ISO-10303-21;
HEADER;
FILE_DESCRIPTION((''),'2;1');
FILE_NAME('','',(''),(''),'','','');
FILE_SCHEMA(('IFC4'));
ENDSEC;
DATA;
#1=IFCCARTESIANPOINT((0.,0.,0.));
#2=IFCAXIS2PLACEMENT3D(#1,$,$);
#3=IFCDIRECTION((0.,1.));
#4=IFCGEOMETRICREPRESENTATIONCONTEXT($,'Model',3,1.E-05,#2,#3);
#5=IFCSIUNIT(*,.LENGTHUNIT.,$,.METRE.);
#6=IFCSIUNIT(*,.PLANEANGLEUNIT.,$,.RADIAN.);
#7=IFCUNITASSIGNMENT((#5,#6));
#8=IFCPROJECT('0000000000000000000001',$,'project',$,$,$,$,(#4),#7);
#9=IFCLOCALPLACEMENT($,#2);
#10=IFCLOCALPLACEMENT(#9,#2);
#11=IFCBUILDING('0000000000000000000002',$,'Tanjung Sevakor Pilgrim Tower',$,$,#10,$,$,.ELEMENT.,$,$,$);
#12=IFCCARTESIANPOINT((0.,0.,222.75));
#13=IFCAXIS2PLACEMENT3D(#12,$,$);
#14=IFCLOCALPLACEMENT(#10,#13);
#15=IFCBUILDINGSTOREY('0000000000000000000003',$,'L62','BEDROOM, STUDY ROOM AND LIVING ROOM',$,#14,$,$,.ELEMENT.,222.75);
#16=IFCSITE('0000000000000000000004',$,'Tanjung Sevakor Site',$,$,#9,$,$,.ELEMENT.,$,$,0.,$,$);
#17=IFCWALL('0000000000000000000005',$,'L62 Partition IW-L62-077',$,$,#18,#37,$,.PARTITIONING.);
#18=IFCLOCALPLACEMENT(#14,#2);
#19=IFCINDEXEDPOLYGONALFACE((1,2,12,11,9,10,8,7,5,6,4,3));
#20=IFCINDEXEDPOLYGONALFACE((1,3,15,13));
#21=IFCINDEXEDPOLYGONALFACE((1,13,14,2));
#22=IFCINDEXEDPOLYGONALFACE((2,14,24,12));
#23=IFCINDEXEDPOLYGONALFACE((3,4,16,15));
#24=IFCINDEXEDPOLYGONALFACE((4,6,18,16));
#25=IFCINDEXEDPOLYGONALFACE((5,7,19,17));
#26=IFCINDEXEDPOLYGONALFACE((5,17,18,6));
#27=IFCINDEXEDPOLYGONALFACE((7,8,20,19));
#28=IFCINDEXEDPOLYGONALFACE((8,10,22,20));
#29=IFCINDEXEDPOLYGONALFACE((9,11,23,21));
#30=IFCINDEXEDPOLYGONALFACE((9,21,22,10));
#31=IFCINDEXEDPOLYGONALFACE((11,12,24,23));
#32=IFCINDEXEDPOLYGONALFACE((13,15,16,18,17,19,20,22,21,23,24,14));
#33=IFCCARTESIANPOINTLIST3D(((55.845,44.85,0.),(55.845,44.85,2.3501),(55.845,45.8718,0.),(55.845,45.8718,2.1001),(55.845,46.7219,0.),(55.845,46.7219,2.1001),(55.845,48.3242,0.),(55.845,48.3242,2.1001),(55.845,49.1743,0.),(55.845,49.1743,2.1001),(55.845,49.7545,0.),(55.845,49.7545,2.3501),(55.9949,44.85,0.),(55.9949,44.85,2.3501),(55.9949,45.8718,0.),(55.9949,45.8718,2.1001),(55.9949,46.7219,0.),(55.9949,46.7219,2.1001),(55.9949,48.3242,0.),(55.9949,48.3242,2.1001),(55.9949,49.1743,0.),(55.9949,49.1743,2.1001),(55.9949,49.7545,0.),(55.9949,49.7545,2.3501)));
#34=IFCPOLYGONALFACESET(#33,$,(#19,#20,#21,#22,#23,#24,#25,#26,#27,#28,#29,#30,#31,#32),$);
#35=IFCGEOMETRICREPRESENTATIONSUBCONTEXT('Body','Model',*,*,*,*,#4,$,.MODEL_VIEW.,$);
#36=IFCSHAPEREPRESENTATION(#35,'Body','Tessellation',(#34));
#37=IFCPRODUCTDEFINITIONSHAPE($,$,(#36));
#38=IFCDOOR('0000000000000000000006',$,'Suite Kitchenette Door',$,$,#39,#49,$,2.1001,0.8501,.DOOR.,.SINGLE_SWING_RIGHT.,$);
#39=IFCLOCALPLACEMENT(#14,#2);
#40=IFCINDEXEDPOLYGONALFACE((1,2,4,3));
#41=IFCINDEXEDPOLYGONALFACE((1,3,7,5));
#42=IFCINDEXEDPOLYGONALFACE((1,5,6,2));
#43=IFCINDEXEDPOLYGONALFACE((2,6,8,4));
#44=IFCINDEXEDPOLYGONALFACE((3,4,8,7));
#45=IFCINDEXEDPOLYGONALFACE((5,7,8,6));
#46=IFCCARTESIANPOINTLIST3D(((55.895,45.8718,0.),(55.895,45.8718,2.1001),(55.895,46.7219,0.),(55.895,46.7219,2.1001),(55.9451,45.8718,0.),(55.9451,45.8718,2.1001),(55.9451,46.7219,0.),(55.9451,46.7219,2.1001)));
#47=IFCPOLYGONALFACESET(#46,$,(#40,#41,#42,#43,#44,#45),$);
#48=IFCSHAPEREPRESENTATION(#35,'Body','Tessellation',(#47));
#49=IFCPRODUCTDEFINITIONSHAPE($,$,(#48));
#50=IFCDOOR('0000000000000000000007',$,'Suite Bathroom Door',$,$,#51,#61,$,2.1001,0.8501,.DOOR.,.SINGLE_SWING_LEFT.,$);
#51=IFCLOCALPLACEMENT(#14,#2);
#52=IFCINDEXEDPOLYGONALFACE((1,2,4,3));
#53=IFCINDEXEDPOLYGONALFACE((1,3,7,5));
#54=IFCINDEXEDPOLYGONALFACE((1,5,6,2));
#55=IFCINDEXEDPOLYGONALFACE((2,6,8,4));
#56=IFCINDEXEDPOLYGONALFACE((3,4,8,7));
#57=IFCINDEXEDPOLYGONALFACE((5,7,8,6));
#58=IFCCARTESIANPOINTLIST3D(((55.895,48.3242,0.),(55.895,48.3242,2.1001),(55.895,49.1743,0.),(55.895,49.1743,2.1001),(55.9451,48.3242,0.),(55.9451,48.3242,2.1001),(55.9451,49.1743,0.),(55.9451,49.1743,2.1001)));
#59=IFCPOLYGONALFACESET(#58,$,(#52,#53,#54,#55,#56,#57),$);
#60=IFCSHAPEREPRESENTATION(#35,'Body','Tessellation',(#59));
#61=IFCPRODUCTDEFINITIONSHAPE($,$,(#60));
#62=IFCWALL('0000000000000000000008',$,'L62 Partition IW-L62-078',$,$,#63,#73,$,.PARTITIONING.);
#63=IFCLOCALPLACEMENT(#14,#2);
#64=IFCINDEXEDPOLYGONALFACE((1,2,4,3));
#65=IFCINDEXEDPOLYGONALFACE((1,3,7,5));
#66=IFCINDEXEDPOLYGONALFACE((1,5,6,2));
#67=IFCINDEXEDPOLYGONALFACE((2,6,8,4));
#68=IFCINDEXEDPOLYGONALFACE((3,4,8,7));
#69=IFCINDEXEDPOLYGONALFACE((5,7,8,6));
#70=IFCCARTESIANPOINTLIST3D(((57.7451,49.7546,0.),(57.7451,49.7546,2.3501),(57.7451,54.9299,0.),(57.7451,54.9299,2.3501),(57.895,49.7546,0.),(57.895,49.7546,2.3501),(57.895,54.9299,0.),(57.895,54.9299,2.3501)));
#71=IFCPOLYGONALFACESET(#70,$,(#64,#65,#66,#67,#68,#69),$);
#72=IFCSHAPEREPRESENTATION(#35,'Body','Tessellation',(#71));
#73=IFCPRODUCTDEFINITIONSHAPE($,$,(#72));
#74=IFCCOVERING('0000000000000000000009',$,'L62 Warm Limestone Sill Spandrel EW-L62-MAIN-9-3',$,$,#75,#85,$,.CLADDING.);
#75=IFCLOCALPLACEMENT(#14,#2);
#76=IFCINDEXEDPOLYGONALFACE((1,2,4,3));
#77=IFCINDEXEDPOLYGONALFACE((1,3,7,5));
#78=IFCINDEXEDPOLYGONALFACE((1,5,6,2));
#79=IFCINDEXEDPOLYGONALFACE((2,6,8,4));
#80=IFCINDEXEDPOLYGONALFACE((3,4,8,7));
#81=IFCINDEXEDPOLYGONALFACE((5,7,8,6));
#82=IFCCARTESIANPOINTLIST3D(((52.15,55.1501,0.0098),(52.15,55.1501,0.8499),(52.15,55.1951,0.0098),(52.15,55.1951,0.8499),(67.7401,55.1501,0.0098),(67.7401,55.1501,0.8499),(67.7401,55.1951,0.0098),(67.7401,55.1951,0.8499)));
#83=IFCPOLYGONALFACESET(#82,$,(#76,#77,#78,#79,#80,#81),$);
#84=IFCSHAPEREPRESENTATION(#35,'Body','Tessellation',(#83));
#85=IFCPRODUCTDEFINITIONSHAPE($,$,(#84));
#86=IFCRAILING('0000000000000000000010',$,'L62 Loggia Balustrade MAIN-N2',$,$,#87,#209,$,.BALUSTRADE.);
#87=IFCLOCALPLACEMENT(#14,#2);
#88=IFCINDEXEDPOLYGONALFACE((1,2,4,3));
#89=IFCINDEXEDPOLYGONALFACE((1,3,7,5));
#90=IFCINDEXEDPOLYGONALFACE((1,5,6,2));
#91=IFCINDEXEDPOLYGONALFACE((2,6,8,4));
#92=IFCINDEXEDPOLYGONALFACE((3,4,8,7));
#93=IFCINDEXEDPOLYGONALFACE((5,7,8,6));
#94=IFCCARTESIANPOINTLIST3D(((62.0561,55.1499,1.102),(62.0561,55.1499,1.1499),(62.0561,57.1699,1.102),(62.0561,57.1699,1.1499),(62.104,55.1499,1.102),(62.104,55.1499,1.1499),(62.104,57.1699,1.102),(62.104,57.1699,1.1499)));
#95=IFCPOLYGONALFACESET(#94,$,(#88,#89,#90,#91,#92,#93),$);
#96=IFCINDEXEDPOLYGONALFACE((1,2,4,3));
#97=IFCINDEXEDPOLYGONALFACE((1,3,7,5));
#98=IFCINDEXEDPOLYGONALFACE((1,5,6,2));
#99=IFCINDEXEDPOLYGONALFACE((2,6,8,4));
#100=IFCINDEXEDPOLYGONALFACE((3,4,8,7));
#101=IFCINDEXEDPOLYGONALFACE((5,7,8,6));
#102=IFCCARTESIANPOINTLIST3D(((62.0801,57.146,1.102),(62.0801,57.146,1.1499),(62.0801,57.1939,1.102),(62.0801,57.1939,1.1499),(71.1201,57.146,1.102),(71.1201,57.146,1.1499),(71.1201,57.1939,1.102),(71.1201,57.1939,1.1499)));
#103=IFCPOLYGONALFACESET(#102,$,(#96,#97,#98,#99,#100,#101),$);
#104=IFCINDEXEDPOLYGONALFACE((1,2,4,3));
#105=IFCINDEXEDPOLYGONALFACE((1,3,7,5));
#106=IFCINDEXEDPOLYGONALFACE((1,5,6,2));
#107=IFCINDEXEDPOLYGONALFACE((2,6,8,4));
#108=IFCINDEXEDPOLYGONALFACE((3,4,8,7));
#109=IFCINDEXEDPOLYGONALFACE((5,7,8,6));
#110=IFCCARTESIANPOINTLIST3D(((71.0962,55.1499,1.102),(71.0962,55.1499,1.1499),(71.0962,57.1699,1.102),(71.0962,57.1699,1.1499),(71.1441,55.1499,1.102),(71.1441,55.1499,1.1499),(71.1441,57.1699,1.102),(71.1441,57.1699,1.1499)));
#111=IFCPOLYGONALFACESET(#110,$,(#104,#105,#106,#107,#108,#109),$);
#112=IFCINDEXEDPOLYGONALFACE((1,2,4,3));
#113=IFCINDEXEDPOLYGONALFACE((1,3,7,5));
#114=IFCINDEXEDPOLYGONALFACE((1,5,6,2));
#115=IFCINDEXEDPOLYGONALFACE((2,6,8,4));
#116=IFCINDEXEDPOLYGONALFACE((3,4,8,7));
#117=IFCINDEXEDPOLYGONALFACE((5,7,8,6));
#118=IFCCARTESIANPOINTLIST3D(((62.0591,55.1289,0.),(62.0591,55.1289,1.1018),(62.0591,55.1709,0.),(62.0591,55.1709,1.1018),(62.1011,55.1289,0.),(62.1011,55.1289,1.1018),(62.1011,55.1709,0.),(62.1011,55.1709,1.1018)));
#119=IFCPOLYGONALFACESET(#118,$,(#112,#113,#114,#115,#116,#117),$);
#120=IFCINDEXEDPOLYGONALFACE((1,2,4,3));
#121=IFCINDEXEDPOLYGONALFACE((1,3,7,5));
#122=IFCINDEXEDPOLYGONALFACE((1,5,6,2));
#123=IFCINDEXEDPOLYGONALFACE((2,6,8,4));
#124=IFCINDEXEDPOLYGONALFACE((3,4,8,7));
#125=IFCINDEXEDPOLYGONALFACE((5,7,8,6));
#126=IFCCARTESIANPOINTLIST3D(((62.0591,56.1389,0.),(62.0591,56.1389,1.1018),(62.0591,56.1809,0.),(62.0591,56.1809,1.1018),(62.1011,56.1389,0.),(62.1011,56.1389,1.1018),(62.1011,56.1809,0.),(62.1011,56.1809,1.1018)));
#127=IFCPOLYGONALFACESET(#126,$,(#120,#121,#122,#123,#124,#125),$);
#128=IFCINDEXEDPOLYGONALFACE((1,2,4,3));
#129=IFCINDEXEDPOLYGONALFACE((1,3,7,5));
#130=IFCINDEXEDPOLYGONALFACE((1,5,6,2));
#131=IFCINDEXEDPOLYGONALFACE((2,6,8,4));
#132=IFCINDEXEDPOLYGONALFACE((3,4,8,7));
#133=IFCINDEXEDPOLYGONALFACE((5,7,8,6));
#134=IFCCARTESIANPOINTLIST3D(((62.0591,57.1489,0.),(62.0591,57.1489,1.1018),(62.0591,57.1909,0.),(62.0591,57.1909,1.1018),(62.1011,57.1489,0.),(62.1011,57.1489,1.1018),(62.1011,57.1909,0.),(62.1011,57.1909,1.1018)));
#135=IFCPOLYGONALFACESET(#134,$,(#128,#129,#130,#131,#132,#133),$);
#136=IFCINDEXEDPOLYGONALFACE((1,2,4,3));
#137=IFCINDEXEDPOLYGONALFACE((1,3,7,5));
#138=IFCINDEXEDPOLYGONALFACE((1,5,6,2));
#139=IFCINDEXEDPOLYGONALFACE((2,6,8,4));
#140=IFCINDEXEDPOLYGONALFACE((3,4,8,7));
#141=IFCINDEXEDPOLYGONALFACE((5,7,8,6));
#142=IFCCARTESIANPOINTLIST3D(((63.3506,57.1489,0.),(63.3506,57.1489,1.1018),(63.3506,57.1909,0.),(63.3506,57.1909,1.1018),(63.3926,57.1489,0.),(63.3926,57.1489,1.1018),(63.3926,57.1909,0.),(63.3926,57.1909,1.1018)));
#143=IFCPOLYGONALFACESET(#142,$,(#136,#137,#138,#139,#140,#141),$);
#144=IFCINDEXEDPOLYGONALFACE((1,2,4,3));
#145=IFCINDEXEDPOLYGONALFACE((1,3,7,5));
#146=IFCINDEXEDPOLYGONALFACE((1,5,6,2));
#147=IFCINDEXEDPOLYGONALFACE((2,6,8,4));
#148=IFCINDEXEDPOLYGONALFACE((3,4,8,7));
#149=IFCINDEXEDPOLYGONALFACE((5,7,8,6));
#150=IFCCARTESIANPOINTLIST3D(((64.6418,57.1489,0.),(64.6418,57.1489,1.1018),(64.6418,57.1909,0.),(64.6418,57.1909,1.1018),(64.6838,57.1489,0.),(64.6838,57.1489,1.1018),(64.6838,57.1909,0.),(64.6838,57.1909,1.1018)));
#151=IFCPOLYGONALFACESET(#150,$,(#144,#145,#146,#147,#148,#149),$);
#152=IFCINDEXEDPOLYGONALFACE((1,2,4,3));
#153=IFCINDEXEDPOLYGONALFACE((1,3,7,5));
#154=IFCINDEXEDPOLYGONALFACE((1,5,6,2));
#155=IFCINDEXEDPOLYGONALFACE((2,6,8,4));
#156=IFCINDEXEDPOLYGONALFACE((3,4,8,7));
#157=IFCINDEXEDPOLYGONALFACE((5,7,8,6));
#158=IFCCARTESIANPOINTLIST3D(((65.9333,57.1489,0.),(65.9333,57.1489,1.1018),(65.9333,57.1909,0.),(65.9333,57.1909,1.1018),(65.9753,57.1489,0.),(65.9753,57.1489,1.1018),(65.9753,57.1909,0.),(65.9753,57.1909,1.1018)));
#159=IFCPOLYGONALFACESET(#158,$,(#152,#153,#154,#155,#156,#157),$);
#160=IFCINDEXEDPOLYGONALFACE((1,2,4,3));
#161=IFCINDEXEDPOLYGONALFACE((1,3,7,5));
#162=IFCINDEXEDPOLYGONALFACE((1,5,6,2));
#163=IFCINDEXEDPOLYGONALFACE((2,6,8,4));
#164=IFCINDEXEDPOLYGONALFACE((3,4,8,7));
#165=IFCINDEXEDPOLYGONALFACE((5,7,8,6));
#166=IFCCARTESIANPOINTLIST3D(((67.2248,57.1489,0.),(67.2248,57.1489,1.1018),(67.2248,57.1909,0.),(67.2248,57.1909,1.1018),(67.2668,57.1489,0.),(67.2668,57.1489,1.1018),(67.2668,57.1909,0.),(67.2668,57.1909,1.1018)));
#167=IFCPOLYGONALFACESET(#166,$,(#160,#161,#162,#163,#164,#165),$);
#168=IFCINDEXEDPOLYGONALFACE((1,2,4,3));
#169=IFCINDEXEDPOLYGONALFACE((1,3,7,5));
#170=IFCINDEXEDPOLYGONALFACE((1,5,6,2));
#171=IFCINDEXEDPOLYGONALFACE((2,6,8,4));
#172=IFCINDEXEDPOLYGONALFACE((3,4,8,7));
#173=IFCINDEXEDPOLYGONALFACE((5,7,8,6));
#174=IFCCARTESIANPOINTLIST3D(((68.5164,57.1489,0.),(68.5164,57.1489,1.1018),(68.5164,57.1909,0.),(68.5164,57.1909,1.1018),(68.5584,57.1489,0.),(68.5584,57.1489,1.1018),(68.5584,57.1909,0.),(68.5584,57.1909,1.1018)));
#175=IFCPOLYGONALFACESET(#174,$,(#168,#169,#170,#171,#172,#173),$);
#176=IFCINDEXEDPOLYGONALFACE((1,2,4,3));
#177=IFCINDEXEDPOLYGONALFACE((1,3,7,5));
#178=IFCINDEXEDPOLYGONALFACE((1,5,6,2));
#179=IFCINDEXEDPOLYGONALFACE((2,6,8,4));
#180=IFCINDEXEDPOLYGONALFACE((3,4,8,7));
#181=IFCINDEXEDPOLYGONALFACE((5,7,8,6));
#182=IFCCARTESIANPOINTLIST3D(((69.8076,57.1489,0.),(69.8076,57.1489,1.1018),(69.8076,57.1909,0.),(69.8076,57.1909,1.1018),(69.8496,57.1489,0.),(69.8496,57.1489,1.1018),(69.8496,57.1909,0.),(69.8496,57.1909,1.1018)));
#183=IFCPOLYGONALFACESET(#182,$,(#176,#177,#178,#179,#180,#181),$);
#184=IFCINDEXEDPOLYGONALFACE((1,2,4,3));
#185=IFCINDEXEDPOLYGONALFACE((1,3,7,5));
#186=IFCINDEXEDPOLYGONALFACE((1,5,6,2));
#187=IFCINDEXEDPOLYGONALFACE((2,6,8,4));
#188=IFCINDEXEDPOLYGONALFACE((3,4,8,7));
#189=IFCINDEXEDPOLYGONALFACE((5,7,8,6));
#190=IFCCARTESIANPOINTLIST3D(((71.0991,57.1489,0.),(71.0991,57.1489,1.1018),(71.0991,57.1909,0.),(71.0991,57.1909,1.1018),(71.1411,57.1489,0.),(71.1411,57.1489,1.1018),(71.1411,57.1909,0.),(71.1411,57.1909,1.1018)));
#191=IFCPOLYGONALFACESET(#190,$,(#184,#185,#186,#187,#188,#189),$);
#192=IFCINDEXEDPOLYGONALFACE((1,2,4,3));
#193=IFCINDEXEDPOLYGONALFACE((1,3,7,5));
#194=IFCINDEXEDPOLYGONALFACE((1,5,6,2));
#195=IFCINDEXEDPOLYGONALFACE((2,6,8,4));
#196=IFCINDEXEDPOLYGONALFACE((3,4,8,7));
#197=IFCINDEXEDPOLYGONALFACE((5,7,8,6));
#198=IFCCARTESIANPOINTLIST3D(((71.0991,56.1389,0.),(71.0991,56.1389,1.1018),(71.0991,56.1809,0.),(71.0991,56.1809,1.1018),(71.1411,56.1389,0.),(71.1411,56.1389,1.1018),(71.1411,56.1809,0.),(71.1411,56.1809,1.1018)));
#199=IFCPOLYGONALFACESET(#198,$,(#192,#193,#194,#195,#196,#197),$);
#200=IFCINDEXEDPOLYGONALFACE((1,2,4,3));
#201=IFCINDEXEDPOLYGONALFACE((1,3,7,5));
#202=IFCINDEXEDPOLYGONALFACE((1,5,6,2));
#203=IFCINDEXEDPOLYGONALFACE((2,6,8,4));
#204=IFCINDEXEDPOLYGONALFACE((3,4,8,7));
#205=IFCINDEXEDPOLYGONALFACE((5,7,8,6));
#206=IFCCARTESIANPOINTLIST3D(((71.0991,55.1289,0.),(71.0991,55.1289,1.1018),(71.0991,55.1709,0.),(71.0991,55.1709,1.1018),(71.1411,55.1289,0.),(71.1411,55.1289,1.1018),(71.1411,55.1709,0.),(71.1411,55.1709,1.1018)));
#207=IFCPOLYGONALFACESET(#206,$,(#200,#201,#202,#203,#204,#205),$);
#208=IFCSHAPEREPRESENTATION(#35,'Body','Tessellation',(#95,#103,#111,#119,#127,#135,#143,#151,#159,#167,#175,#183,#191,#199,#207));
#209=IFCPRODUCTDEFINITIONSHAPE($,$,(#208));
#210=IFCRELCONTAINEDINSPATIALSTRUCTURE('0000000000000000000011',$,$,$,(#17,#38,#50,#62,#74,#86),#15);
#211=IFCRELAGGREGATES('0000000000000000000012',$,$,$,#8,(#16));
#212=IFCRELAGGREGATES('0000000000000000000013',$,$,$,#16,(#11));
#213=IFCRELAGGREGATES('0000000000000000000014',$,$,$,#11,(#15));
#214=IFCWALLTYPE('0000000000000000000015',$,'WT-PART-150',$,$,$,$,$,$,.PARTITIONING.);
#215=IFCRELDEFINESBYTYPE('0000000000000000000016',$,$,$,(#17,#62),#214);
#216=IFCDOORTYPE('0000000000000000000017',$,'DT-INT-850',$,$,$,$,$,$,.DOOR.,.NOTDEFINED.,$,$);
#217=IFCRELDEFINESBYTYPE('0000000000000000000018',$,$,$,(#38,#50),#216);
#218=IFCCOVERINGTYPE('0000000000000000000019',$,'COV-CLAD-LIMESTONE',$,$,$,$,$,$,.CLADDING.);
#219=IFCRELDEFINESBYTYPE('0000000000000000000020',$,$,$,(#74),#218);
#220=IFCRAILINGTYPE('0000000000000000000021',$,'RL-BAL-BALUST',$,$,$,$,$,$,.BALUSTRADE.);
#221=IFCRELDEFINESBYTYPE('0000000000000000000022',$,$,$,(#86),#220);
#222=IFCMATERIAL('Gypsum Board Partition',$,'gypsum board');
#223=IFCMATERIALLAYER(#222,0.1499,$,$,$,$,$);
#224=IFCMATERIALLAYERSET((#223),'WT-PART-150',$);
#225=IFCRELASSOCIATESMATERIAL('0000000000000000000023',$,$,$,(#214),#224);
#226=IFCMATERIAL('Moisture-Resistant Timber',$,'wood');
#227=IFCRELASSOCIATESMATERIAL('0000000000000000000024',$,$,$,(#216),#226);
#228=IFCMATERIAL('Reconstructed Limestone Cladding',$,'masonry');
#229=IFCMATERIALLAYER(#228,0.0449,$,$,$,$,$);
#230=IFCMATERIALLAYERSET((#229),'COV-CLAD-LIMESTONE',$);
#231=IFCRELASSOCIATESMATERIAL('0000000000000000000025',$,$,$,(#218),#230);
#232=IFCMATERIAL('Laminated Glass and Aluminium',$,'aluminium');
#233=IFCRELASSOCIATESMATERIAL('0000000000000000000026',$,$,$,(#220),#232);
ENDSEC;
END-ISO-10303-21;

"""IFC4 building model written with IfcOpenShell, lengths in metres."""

from ifc_helpers import new_model, si_unit, direction, frame, frame_2d, origin, origin_2d, place, context, subcontext, project, spatial, rectangle, extrude, material, layer, layer_set, type_object, element, fill, save


model = new_model("IFC4")

# Units and contexts
model_context = context("Model", 3, precision=1e-05, world=origin(), true_north=direction((0.0, 1.0)))
body_context = subcontext(model_context, "Body", "Model", "MODEL_VIEW")
ifc_project = project(units=[si_unit("LENGTHUNIT", "METRE"), si_unit("PLANEANGLEUNIT", "RADIAN")], contexts=[model_context])

# Site, building, storey
site_placement = place(None, origin())
site = spatial("IfcSite", under=ifc_project, at=site_placement, Name="Tanjung Sevakor Site", CompositionType="ELEMENT", RefElevation=0.0)
building_placement = place(site_placement, origin())
building = spatial("IfcBuilding", under=site, at=building_placement, Name="Tanjung Sevakor Pilgrim Tower", CompositionType="ELEMENT")
storey_placement = place(building_placement, frame((0.0, 0.0, 222.75)))
storey = spatial("IfcBuildingStorey", under=building, at=storey_placement, Name="L62", Description="BEDROOM, STUDY ROOM AND LIVING ROOM", CompositionType="ELEMENT", Elevation=222.75)

# Wall, openings, doors
ifc_material_1 = material(Name="Gypsum Board Partition", Category="gypsum board")
ifc_layer_1 = layer(ifc_material_1, 0.1499)
ifc_layer_set_1 = layer_set([ifc_layer_1], Name="WT-PART-150")
wall_type_1 = type_object("IfcWallType", Name="WT-PART-150", PredefinedType="PARTITIONING", material=ifc_layer_set_1)
wall_1_placement = place(storey_placement, frame((55.9199, 44.8501, 0.0), z_axis=(0.0, 0.0, 1.0), x_axis=(0.0, 1.0, 0.0)))
wall_1 = element("IfcWall", 1, at=wall_1_placement, inside=storey, type_object=wall_type_1, Name="L62 Partition IW-L62-077", PredefinedType="PARTITIONING", context=body_context, shape_type="SweptSolid", body=[
    extrude(rectangle(XDim=4.9045, YDim=0.1499, at=frame_2d((2.4521, 0.0))), origin(), (0.0, 0.0, 1.0), 2.3501),
])
opening_1_placement = place(wall_1_placement, frame((1.0217, 0.0, 0.0)))
opening_1 = element("IfcOpeningElement", 2, at=opening_1_placement, cuts=wall_1, PredefinedType="OPENING", context=body_context, shape_type="SweptSolid", body=[
    extrude(rectangle(XDim=0.8501, YDim=2.1001, at=frame_2d((0.425, 1.05))), frame((0.0, 0.085, 0.0), z_axis=(0.0, -1.0, 0.0), x_axis=(1.0, 0.0, 0.0)), (0.0, 0.0, 1.0), 0.1699),
])
opening_2_placement = place(wall_1_placement, frame((3.4741, 0.0, 0.0)))
opening_2 = element("IfcOpeningElement", 3, at=opening_2_placement, cuts=wall_1, PredefinedType="OPENING", context=body_context, shape_type="SweptSolid", body=[
    extrude(rectangle(XDim=0.8501, YDim=2.1001, at=frame_2d((0.425, 1.05))), frame((0.0, 0.085, 0.0), z_axis=(0.0, -1.0, 0.0), x_axis=(1.0, 0.0, 0.0)), (0.0, 0.0, 1.0), 0.1699),
])
ifc_material_2 = material(Name="Moisture-Resistant Timber", Category="wood")
door_type_1 = type_object("IfcDoorType", Name="DT-INT-850", OperationType="NOTDEFINED", PredefinedType="DOOR", material=ifc_material_2)
door_1_placement = place(opening_1_placement, origin())
door_1 = element("IfcDoor", 4, at=door_1_placement, inside=storey, type_object=door_type_1, Name="Suite Kitchenette Door", OperationType="SINGLE_SWING_RIGHT", OverallHeight=2.1001, OverallWidth=0.8501, PredefinedType="DOOR", context=body_context, shape_type="SweptSolid", body=[
    extrude(rectangle(XDim=0.8501, YDim=2.1001, at=frame_2d((0.425, 1.05))), frame((0.0, 0.0249, 0.0), z_axis=(0.0, -1.0, 0.0), x_axis=(1.0, 0.0, 0.0)), (0.0, 0.0, 1.0), 0.05),
])
fill(opening_1, door_1)
door_2_placement = place(opening_2_placement, origin())
door_2 = element("IfcDoor", 5, at=door_2_placement, inside=storey, type_object=door_type_1, Name="Suite Bathroom Door", OperationType="SINGLE_SWING_LEFT", OverallHeight=2.1001, OverallWidth=0.8501, PredefinedType="DOOR", context=body_context, shape_type="SweptSolid", body=[
    extrude(rectangle(XDim=0.8501, YDim=2.1001, at=frame_2d((0.425, 1.05))), frame((0.0, 0.0249, 0.0), z_axis=(0.0, -1.0, 0.0), x_axis=(1.0, 0.0, 0.0)), (0.0, 0.0, 1.0), 0.05),
])
fill(opening_2, door_2)

# Wall
wall_2_placement = place(storey_placement, frame((57.8201, 49.7546, 0.0), z_axis=(0.0, 0.0, 1.0), x_axis=(0.0, 1.0, 0.0)))
element("IfcWall", 6, at=wall_2_placement, inside=storey, type_object=wall_type_1, Name="L62 Partition IW-L62-078", PredefinedType="PARTITIONING", context=body_context, shape_type="SweptSolid", body=[
    extrude(rectangle(XDim=5.1753, YDim=0.1499, at=frame_2d((2.5876, 0.0))), origin(), (0.0, 0.0, 1.0), 2.3501),
])

# Covering
ifc_material_3 = material(Name="Reconstructed Limestone Cladding", Category="masonry")
ifc_layer_2 = layer(ifc_material_3, 0.0449)
ifc_layer_set_2 = layer_set([ifc_layer_2], Name="COV-CLAD-LIMESTONE")
covering_type = type_object("IfcCoveringType", Name="COV-CLAD-LIMESTONE", PredefinedType="CLADDING", material=ifc_layer_set_2)
covering_placement = place(storey_placement, frame((59.9451, 55.1726, 0.0098), z_axis=(0.0, 0.0, 1.0), x_axis=(-1.0, 0.0, 0.0)))
element("IfcCovering", 7, at=covering_placement, inside=storey, type_object=covering_type, Name="L62 Warm Limestone Sill Spandrel EW-L62-MAIN-9-3", PredefinedType="CLADDING", context=body_context, shape_type="SweptSolid", body=[
    extrude(rectangle(XDim=15.5901, YDim=0.0449, at=origin_2d()), origin(), (0.0, 0.0, 1.0), 0.8401),
])

# Railing
ifc_material_4 = material(Name="Laminated Glass and Aluminium", Category="aluminium")
railing_type = type_object("IfcRailingType", Name="RL-BAL-BALUST", PredefinedType="BALUSTRADE", material=ifc_material_4)
railing_placement = place(storey_placement, frame((62.0801, 55.1499, 0.0)))
element("IfcRailing", 8, at=railing_placement, inside=storey, type_object=railing_type, Name="L62 Loggia Balustrade MAIN-N2", PredefinedType="BALUSTRADE", context=body_context, shape_type="SweptSolid", body=[
    extrude(rectangle(XDim=0.0479, YDim=0.0479), frame((0.0, 0.0, 1.126), z_axis=(0.0, 1.0, 0.0), x_axis=(-1.0, 0.0, 0.0)), (0.0, 0.0, 1.0), 2.02),
    extrude(rectangle(XDim=0.0479, YDim=0.0479), frame((0.0, 2.02, 1.126), z_axis=(1.0, 0.0, 0.0), x_axis=(0.0, 1.0, 0.0)), (0.0, 0.0, 1.0), 9.04),
    extrude(rectangle(XDim=0.0479, YDim=0.0479), frame((9.04, 2.02, 1.126), z_axis=(0.0, -1.0, 0.0), x_axis=(1.0, 0.0, 0.0)), (0.0, 0.0, 1.0), 2.02),
    extrude(rectangle(XDim=0.042, YDim=0.042), origin(), (0.0, 0.0, 1.0), 1.1018),
    extrude(rectangle(XDim=0.042, YDim=0.042), frame((0.0, 1.01, 0.0)), (0.0, 0.0, 1.0), 1.1018),
    extrude(rectangle(XDim=0.042, YDim=0.042), frame((0.0, 2.02, 0.0)), (0.0, 0.0, 1.0), 1.1018),
    extrude(rectangle(XDim=0.042, YDim=0.042), frame((1.2915, 2.02, 0.0)), (0.0, 0.0, 1.0), 1.1018),
    extrude(rectangle(XDim=0.042, YDim=0.042), frame((2.5828, 2.02, 0.0)), (0.0, 0.0, 1.0), 1.1018),
    extrude(rectangle(XDim=0.042, YDim=0.042), frame((3.8743, 2.02, 0.0)), (0.0, 0.0, 1.0), 1.1018),
    extrude(rectangle(XDim=0.042, YDim=0.042), frame((5.1658, 2.02, 0.0)), (0.0, 0.0, 1.0), 1.1018),
    extrude(rectangle(XDim=0.042, YDim=0.042), frame((6.4573, 2.02, 0.0)), (0.0, 0.0, 1.0), 1.1018),
    extrude(rectangle(XDim=0.042, YDim=0.042), frame((7.7485, 2.02, 0.0)), (0.0, 0.0, 1.0), 1.1018),
    extrude(rectangle(XDim=0.042, YDim=0.042), frame((9.04, 2.02, 0.0)), (0.0, 0.0, 1.0), 1.1018),
    extrude(rectangle(XDim=0.042, YDim=0.042), frame((9.04, 1.01, 0.0)), (0.0, 0.0, 1.0), 1.1018),
    extrude(rectangle(XDim=0.042, YDim=0.042), frame((9.04, 0.0, 0.0)), (0.0, 0.0, 1.0), 1.1018),
])

save(model, "model.ifc")
